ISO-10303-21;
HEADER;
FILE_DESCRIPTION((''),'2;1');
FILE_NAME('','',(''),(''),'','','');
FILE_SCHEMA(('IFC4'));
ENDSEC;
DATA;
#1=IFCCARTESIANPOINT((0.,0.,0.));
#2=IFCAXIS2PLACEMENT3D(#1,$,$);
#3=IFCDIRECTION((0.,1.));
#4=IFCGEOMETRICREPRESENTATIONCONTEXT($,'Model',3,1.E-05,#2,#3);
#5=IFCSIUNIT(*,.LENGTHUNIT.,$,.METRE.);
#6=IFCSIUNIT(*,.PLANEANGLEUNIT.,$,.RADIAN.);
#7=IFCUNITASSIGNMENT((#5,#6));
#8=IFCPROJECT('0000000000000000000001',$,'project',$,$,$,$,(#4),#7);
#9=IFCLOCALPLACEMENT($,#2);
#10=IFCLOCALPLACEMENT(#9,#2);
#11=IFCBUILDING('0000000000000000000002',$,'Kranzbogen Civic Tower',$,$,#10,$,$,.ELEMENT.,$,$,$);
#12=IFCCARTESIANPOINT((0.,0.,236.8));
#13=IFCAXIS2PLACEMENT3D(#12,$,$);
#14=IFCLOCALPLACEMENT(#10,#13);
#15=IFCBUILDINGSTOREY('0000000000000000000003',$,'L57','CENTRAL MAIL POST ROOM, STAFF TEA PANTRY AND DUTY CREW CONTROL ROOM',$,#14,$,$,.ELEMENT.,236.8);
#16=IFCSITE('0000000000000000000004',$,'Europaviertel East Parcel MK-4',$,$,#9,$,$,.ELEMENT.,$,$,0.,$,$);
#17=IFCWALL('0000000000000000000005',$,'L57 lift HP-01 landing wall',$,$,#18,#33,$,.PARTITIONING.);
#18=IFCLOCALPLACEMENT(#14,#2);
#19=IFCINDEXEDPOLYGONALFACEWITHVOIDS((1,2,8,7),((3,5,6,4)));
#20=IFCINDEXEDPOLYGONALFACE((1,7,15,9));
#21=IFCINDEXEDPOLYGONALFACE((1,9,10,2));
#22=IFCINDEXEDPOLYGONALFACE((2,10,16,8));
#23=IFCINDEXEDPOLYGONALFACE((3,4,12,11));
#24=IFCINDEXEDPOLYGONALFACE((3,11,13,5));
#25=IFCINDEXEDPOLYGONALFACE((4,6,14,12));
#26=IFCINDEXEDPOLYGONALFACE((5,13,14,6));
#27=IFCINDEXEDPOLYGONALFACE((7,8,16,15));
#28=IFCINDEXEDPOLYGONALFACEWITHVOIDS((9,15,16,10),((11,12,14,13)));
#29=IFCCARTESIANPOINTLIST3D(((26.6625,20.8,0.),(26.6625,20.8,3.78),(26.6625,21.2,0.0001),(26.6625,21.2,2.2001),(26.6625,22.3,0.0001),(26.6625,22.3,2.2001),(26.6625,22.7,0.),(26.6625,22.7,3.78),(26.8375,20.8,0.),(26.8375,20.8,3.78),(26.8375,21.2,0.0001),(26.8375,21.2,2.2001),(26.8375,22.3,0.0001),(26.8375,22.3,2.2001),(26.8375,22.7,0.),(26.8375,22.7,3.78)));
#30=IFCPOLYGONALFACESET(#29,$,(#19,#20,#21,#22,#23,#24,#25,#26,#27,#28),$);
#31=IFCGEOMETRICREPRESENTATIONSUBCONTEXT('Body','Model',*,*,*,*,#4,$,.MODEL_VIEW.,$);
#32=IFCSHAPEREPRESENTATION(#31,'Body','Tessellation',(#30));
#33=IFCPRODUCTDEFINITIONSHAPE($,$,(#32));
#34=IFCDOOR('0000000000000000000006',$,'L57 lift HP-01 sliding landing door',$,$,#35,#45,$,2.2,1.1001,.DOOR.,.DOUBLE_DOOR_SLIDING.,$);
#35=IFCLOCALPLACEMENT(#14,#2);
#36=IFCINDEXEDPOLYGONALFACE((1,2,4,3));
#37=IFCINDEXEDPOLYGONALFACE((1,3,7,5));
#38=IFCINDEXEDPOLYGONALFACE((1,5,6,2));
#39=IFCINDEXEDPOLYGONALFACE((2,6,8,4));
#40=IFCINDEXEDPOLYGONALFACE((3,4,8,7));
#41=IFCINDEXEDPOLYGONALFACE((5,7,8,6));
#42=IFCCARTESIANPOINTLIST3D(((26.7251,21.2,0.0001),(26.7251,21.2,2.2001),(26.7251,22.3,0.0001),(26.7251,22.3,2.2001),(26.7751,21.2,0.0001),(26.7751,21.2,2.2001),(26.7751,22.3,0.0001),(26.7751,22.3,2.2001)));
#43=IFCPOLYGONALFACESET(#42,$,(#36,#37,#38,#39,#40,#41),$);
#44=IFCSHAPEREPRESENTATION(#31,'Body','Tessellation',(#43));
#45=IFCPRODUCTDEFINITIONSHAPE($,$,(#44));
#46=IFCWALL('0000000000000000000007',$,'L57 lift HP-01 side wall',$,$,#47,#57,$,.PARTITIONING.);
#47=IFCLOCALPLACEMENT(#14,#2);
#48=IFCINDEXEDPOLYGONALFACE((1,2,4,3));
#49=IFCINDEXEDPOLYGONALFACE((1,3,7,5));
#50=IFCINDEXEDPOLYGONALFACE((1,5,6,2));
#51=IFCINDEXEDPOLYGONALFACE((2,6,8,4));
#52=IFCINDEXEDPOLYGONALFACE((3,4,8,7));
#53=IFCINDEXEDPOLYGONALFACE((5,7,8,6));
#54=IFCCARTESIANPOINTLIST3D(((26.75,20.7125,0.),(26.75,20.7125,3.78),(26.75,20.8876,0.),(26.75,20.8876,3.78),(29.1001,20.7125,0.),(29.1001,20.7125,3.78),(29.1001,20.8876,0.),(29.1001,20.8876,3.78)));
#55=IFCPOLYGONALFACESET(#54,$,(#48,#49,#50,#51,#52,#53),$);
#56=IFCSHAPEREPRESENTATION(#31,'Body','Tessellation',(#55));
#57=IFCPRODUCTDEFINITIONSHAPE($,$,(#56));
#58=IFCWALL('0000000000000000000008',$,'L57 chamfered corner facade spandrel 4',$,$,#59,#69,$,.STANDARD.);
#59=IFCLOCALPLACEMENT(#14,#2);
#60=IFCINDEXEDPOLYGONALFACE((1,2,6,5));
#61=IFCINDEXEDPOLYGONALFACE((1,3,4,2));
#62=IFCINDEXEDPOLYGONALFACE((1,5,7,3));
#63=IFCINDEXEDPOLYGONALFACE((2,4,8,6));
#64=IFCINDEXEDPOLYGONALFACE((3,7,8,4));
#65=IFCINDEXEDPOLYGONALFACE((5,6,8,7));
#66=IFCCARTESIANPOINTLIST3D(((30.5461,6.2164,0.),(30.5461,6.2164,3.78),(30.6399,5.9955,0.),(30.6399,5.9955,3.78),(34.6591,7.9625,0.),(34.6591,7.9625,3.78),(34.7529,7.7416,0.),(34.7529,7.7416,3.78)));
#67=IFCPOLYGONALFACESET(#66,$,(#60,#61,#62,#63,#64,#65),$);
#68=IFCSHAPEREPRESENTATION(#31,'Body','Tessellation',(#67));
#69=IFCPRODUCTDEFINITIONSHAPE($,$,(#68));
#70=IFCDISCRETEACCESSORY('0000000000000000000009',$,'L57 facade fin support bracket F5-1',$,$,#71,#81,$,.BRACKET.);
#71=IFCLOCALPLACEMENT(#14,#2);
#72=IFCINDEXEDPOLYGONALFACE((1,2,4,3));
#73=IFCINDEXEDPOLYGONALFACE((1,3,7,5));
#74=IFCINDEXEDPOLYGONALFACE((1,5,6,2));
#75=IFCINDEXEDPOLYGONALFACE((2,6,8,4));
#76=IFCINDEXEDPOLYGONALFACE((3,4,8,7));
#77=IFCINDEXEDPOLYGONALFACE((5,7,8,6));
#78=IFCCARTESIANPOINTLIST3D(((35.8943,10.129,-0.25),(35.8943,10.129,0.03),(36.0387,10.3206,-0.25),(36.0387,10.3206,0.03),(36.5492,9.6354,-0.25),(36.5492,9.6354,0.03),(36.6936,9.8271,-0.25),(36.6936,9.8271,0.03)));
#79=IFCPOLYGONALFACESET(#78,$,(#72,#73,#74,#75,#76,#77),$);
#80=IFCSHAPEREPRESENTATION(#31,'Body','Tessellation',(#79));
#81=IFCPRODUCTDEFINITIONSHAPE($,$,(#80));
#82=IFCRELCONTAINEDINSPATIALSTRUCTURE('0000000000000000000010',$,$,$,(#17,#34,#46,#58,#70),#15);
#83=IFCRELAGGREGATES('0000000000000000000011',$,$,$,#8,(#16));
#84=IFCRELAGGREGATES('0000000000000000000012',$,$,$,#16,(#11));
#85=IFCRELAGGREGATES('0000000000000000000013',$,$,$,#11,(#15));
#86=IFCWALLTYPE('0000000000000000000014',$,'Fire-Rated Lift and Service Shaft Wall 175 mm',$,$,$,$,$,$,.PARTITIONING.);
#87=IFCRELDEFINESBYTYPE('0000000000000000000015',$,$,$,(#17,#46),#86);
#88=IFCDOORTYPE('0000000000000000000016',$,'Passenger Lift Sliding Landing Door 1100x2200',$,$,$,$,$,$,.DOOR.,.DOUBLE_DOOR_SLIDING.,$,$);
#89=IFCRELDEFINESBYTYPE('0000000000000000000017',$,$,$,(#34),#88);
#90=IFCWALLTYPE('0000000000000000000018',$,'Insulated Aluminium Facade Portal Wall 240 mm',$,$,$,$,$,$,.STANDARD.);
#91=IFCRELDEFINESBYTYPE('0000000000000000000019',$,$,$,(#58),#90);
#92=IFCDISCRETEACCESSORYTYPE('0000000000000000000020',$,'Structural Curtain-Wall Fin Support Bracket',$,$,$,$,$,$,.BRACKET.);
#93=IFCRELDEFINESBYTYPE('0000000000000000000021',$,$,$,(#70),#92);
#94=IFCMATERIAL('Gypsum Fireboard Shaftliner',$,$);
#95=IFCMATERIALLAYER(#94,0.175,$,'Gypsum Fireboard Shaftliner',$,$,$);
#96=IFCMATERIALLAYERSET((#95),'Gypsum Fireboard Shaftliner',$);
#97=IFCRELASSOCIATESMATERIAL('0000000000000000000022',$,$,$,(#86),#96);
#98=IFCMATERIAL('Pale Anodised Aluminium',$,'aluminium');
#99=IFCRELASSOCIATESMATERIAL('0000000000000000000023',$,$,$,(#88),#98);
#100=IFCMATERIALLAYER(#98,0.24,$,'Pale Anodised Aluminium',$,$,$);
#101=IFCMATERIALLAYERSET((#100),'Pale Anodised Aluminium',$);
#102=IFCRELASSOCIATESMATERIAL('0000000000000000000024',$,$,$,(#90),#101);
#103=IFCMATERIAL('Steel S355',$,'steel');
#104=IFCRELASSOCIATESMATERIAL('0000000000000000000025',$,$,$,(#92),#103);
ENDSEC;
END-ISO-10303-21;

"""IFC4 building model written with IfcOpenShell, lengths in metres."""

from ifc_helpers import new_model, si_unit, direction, frame, frame_2d, origin, origin_2d, place, context, subcontext, project, spatial, rectangle, extrude, material, layer, layer_set, type_object, element, fill, save


model = new_model("IFC4")

# Units and contexts
model_context = context("Model", 3, precision=1e-05, world=origin(), true_north=direction((0.0, 1.0)))
body_context = subcontext(model_context, "Body", "Model", "MODEL_VIEW")
ifc_project = project(units=[si_unit("LENGTHUNIT", "METRE"), si_unit("PLANEANGLEUNIT", "RADIAN")], contexts=[model_context])

# Site, building, storey
site_placement = place(None, origin())
site = spatial("IfcSite", under=ifc_project, at=site_placement, Name="Europaviertel East Parcel MK-4", CompositionType="ELEMENT", RefElevation=0.0)
building_placement = place(site_placement, origin())
building = spatial("IfcBuilding", under=site, at=building_placement, Name="Kranzbogen Civic Tower", CompositionType="ELEMENT")
storey_placement = place(building_placement, frame((0.0, 0.0, 236.8)))
storey = spatial("IfcBuildingStorey", under=building, at=storey_placement, Name="L57", Description="CENTRAL MAIL POST ROOM, STAFF TEA PANTRY AND DUTY CREW CONTROL ROOM", CompositionType="ELEMENT", Elevation=236.8)

# Shared definitions
ifc_material_1 = material(Name="Steel S355", Category="steel")

# Shared definitions
ifc_material_2 = material(Name="Pale Anodised Aluminium", Category="aluminium")

# Shared definitions
ifc_material_3 = material(Name="Gypsum Fireboard Shaftliner")
ifc_layer_1 = layer(ifc_material_3, 0.175, Name="Gypsum Fireboard Shaftliner")
ifc_layer_set_1 = layer_set([ifc_layer_1], Name="Gypsum Fireboard Shaftliner")
wall_type_1 = type_object("IfcWallType", Name="Fire-Rated Lift and Service Shaft Wall 175 mm", PredefinedType="PARTITIONING", material=ifc_layer_set_1)

# Wall, opening, door
wall_1_placement = place(storey_placement, frame((26.75, 20.8, 0.0), z_axis=(0.0, 0.0, 1.0), x_axis=(0.0, 1.0, 0.0)))
wall_1 = element("IfcWall", 1, at=wall_1_placement, inside=storey, type_object=wall_type_1, Name="L57 lift HP-01 landing wall", PredefinedType="PARTITIONING", context=body_context, shape_type="SweptSolid", body=[
    extrude(rectangle(XDim=1.8999, YDim=0.175, at=frame_2d((0.95, 0.0))), origin(), (0.0, 0.0, 1.0), 3.78),
])
opening_1_placement = place(wall_1_placement, frame((0.3999, 0.0, 0.0)))
opening_1 = element("IfcOpeningElement", 2, at=opening_1_placement, cuts=wall_1, PredefinedType="OPENING", context=body_context, shape_type="SweptSolid", body=[
    extrude(rectangle(XDim=1.1001, YDim=2.2, at=frame_2d((0.55, 1.1001))), frame((0.0, 0.0977, 0.0), z_axis=(0.0, -1.0, 0.0), x_axis=(1.0, 0.0, 0.0)), (0.0, 0.0, 1.0), 0.1951),
])
door_type_1 = type_object("IfcDoorType", Name="Passenger Lift Sliding Landing Door 1100x2200", OperationType="DOUBLE_DOOR_SLIDING", PredefinedType="DOOR", material=ifc_material_2)
door_1_placement = place(opening_1_placement, origin())
door_1 = element("IfcDoor", 3, at=door_1_placement, inside=storey, type_object=door_type_1, Name="L57 lift HP-01 sliding landing door", OperationType="DOUBLE_DOOR_SLIDING", OverallHeight=2.2, OverallWidth=1.1001, PredefinedType="DOOR", context=body_context, shape_type="SweptSolid", body=[
    extrude(rectangle(XDim=1.1001, YDim=2.2, at=frame_2d((0.55, 1.1001))), frame((0.0, 0.0249, 0.0), z_axis=(0.0, -1.0, 0.0), x_axis=(1.0, 0.0, 0.0)), (0.0, 0.0, 1.0), 0.05),
])
fill(opening_1, door_1)

# Walls
wall_2_placement = place(storey_placement, frame((26.75, 20.8, 0.0), z_axis=(0.0, 0.0, 1.0), x_axis=(1.0, 0.0, 0.0)))
element("IfcWall", 4, at=wall_2_placement, inside=storey, type_object=wall_type_1, Name="L57 lift HP-01 side wall", PredefinedType="PARTITIONING", context=body_context, shape_type="SweptSolid", body=[
    extrude(rectangle(XDim=2.3501, YDim=0.175, at=frame_2d((1.175, 0.0))), origin(), (0.0, 0.0, 1.0), 3.78),
])
ifc_layer_2 = layer(ifc_material_2, 0.24, Name="Pale Anodised Aluminium")
ifc_layer_set_2 = layer_set([ifc_layer_2], Name="Pale Anodised Aluminium")
wall_type_2 = type_object("IfcWallType", Name="Insulated Aluminium Facade Portal Wall 240 mm", PredefinedType="STANDARD", material=ifc_layer_set_2)
wall_3_placement = place(storey_placement, frame((30.593, 6.106, 0.0), z_axis=(0.0, 0.0, 1.0), x_axis=(0.920488, 0.390772, 0.0)))
element("IfcWall", 5, at=wall_3_placement, inside=storey, type_object=wall_type_2, Name="L57 chamfered corner facade spandrel 4", PredefinedType="STANDARD", context=body_context, shape_type="SweptSolid", body=[
    extrude(rectangle(XDim=4.4683, YDim=0.24, at=frame_2d((2.2341, 0.0))), origin(), (0.0, 0.0, 1.0), 3.78),
])

# Discrete accessory
discrete_accessory_type = type_object("IfcDiscreteAccessoryType", Name="Structural Curtain-Wall Fin Support Bracket", PredefinedType="BRACKET", material=ifc_material_1)
discrete_accessory_placement = place(storey_placement, frame((36.2939, 9.978, -0.25), z_axis=(0.0, 0.0, 1.0), x_axis=(0.798636, -0.601815, 0.0)))
element("IfcDiscreteAccessory", 6, at=discrete_accessory_placement, inside=storey, type_object=discrete_accessory_type, Name="L57 facade fin support bracket F5-1", PredefinedType="BRACKET", context=body_context, shape_type="SweptSolid", body=[
    extrude(rectangle(XDim=0.8201, YDim=0.24, at=origin_2d()), origin(), (0.0, 0.0, 1.0), 0.28),
])

save(model, "model.ifc")
